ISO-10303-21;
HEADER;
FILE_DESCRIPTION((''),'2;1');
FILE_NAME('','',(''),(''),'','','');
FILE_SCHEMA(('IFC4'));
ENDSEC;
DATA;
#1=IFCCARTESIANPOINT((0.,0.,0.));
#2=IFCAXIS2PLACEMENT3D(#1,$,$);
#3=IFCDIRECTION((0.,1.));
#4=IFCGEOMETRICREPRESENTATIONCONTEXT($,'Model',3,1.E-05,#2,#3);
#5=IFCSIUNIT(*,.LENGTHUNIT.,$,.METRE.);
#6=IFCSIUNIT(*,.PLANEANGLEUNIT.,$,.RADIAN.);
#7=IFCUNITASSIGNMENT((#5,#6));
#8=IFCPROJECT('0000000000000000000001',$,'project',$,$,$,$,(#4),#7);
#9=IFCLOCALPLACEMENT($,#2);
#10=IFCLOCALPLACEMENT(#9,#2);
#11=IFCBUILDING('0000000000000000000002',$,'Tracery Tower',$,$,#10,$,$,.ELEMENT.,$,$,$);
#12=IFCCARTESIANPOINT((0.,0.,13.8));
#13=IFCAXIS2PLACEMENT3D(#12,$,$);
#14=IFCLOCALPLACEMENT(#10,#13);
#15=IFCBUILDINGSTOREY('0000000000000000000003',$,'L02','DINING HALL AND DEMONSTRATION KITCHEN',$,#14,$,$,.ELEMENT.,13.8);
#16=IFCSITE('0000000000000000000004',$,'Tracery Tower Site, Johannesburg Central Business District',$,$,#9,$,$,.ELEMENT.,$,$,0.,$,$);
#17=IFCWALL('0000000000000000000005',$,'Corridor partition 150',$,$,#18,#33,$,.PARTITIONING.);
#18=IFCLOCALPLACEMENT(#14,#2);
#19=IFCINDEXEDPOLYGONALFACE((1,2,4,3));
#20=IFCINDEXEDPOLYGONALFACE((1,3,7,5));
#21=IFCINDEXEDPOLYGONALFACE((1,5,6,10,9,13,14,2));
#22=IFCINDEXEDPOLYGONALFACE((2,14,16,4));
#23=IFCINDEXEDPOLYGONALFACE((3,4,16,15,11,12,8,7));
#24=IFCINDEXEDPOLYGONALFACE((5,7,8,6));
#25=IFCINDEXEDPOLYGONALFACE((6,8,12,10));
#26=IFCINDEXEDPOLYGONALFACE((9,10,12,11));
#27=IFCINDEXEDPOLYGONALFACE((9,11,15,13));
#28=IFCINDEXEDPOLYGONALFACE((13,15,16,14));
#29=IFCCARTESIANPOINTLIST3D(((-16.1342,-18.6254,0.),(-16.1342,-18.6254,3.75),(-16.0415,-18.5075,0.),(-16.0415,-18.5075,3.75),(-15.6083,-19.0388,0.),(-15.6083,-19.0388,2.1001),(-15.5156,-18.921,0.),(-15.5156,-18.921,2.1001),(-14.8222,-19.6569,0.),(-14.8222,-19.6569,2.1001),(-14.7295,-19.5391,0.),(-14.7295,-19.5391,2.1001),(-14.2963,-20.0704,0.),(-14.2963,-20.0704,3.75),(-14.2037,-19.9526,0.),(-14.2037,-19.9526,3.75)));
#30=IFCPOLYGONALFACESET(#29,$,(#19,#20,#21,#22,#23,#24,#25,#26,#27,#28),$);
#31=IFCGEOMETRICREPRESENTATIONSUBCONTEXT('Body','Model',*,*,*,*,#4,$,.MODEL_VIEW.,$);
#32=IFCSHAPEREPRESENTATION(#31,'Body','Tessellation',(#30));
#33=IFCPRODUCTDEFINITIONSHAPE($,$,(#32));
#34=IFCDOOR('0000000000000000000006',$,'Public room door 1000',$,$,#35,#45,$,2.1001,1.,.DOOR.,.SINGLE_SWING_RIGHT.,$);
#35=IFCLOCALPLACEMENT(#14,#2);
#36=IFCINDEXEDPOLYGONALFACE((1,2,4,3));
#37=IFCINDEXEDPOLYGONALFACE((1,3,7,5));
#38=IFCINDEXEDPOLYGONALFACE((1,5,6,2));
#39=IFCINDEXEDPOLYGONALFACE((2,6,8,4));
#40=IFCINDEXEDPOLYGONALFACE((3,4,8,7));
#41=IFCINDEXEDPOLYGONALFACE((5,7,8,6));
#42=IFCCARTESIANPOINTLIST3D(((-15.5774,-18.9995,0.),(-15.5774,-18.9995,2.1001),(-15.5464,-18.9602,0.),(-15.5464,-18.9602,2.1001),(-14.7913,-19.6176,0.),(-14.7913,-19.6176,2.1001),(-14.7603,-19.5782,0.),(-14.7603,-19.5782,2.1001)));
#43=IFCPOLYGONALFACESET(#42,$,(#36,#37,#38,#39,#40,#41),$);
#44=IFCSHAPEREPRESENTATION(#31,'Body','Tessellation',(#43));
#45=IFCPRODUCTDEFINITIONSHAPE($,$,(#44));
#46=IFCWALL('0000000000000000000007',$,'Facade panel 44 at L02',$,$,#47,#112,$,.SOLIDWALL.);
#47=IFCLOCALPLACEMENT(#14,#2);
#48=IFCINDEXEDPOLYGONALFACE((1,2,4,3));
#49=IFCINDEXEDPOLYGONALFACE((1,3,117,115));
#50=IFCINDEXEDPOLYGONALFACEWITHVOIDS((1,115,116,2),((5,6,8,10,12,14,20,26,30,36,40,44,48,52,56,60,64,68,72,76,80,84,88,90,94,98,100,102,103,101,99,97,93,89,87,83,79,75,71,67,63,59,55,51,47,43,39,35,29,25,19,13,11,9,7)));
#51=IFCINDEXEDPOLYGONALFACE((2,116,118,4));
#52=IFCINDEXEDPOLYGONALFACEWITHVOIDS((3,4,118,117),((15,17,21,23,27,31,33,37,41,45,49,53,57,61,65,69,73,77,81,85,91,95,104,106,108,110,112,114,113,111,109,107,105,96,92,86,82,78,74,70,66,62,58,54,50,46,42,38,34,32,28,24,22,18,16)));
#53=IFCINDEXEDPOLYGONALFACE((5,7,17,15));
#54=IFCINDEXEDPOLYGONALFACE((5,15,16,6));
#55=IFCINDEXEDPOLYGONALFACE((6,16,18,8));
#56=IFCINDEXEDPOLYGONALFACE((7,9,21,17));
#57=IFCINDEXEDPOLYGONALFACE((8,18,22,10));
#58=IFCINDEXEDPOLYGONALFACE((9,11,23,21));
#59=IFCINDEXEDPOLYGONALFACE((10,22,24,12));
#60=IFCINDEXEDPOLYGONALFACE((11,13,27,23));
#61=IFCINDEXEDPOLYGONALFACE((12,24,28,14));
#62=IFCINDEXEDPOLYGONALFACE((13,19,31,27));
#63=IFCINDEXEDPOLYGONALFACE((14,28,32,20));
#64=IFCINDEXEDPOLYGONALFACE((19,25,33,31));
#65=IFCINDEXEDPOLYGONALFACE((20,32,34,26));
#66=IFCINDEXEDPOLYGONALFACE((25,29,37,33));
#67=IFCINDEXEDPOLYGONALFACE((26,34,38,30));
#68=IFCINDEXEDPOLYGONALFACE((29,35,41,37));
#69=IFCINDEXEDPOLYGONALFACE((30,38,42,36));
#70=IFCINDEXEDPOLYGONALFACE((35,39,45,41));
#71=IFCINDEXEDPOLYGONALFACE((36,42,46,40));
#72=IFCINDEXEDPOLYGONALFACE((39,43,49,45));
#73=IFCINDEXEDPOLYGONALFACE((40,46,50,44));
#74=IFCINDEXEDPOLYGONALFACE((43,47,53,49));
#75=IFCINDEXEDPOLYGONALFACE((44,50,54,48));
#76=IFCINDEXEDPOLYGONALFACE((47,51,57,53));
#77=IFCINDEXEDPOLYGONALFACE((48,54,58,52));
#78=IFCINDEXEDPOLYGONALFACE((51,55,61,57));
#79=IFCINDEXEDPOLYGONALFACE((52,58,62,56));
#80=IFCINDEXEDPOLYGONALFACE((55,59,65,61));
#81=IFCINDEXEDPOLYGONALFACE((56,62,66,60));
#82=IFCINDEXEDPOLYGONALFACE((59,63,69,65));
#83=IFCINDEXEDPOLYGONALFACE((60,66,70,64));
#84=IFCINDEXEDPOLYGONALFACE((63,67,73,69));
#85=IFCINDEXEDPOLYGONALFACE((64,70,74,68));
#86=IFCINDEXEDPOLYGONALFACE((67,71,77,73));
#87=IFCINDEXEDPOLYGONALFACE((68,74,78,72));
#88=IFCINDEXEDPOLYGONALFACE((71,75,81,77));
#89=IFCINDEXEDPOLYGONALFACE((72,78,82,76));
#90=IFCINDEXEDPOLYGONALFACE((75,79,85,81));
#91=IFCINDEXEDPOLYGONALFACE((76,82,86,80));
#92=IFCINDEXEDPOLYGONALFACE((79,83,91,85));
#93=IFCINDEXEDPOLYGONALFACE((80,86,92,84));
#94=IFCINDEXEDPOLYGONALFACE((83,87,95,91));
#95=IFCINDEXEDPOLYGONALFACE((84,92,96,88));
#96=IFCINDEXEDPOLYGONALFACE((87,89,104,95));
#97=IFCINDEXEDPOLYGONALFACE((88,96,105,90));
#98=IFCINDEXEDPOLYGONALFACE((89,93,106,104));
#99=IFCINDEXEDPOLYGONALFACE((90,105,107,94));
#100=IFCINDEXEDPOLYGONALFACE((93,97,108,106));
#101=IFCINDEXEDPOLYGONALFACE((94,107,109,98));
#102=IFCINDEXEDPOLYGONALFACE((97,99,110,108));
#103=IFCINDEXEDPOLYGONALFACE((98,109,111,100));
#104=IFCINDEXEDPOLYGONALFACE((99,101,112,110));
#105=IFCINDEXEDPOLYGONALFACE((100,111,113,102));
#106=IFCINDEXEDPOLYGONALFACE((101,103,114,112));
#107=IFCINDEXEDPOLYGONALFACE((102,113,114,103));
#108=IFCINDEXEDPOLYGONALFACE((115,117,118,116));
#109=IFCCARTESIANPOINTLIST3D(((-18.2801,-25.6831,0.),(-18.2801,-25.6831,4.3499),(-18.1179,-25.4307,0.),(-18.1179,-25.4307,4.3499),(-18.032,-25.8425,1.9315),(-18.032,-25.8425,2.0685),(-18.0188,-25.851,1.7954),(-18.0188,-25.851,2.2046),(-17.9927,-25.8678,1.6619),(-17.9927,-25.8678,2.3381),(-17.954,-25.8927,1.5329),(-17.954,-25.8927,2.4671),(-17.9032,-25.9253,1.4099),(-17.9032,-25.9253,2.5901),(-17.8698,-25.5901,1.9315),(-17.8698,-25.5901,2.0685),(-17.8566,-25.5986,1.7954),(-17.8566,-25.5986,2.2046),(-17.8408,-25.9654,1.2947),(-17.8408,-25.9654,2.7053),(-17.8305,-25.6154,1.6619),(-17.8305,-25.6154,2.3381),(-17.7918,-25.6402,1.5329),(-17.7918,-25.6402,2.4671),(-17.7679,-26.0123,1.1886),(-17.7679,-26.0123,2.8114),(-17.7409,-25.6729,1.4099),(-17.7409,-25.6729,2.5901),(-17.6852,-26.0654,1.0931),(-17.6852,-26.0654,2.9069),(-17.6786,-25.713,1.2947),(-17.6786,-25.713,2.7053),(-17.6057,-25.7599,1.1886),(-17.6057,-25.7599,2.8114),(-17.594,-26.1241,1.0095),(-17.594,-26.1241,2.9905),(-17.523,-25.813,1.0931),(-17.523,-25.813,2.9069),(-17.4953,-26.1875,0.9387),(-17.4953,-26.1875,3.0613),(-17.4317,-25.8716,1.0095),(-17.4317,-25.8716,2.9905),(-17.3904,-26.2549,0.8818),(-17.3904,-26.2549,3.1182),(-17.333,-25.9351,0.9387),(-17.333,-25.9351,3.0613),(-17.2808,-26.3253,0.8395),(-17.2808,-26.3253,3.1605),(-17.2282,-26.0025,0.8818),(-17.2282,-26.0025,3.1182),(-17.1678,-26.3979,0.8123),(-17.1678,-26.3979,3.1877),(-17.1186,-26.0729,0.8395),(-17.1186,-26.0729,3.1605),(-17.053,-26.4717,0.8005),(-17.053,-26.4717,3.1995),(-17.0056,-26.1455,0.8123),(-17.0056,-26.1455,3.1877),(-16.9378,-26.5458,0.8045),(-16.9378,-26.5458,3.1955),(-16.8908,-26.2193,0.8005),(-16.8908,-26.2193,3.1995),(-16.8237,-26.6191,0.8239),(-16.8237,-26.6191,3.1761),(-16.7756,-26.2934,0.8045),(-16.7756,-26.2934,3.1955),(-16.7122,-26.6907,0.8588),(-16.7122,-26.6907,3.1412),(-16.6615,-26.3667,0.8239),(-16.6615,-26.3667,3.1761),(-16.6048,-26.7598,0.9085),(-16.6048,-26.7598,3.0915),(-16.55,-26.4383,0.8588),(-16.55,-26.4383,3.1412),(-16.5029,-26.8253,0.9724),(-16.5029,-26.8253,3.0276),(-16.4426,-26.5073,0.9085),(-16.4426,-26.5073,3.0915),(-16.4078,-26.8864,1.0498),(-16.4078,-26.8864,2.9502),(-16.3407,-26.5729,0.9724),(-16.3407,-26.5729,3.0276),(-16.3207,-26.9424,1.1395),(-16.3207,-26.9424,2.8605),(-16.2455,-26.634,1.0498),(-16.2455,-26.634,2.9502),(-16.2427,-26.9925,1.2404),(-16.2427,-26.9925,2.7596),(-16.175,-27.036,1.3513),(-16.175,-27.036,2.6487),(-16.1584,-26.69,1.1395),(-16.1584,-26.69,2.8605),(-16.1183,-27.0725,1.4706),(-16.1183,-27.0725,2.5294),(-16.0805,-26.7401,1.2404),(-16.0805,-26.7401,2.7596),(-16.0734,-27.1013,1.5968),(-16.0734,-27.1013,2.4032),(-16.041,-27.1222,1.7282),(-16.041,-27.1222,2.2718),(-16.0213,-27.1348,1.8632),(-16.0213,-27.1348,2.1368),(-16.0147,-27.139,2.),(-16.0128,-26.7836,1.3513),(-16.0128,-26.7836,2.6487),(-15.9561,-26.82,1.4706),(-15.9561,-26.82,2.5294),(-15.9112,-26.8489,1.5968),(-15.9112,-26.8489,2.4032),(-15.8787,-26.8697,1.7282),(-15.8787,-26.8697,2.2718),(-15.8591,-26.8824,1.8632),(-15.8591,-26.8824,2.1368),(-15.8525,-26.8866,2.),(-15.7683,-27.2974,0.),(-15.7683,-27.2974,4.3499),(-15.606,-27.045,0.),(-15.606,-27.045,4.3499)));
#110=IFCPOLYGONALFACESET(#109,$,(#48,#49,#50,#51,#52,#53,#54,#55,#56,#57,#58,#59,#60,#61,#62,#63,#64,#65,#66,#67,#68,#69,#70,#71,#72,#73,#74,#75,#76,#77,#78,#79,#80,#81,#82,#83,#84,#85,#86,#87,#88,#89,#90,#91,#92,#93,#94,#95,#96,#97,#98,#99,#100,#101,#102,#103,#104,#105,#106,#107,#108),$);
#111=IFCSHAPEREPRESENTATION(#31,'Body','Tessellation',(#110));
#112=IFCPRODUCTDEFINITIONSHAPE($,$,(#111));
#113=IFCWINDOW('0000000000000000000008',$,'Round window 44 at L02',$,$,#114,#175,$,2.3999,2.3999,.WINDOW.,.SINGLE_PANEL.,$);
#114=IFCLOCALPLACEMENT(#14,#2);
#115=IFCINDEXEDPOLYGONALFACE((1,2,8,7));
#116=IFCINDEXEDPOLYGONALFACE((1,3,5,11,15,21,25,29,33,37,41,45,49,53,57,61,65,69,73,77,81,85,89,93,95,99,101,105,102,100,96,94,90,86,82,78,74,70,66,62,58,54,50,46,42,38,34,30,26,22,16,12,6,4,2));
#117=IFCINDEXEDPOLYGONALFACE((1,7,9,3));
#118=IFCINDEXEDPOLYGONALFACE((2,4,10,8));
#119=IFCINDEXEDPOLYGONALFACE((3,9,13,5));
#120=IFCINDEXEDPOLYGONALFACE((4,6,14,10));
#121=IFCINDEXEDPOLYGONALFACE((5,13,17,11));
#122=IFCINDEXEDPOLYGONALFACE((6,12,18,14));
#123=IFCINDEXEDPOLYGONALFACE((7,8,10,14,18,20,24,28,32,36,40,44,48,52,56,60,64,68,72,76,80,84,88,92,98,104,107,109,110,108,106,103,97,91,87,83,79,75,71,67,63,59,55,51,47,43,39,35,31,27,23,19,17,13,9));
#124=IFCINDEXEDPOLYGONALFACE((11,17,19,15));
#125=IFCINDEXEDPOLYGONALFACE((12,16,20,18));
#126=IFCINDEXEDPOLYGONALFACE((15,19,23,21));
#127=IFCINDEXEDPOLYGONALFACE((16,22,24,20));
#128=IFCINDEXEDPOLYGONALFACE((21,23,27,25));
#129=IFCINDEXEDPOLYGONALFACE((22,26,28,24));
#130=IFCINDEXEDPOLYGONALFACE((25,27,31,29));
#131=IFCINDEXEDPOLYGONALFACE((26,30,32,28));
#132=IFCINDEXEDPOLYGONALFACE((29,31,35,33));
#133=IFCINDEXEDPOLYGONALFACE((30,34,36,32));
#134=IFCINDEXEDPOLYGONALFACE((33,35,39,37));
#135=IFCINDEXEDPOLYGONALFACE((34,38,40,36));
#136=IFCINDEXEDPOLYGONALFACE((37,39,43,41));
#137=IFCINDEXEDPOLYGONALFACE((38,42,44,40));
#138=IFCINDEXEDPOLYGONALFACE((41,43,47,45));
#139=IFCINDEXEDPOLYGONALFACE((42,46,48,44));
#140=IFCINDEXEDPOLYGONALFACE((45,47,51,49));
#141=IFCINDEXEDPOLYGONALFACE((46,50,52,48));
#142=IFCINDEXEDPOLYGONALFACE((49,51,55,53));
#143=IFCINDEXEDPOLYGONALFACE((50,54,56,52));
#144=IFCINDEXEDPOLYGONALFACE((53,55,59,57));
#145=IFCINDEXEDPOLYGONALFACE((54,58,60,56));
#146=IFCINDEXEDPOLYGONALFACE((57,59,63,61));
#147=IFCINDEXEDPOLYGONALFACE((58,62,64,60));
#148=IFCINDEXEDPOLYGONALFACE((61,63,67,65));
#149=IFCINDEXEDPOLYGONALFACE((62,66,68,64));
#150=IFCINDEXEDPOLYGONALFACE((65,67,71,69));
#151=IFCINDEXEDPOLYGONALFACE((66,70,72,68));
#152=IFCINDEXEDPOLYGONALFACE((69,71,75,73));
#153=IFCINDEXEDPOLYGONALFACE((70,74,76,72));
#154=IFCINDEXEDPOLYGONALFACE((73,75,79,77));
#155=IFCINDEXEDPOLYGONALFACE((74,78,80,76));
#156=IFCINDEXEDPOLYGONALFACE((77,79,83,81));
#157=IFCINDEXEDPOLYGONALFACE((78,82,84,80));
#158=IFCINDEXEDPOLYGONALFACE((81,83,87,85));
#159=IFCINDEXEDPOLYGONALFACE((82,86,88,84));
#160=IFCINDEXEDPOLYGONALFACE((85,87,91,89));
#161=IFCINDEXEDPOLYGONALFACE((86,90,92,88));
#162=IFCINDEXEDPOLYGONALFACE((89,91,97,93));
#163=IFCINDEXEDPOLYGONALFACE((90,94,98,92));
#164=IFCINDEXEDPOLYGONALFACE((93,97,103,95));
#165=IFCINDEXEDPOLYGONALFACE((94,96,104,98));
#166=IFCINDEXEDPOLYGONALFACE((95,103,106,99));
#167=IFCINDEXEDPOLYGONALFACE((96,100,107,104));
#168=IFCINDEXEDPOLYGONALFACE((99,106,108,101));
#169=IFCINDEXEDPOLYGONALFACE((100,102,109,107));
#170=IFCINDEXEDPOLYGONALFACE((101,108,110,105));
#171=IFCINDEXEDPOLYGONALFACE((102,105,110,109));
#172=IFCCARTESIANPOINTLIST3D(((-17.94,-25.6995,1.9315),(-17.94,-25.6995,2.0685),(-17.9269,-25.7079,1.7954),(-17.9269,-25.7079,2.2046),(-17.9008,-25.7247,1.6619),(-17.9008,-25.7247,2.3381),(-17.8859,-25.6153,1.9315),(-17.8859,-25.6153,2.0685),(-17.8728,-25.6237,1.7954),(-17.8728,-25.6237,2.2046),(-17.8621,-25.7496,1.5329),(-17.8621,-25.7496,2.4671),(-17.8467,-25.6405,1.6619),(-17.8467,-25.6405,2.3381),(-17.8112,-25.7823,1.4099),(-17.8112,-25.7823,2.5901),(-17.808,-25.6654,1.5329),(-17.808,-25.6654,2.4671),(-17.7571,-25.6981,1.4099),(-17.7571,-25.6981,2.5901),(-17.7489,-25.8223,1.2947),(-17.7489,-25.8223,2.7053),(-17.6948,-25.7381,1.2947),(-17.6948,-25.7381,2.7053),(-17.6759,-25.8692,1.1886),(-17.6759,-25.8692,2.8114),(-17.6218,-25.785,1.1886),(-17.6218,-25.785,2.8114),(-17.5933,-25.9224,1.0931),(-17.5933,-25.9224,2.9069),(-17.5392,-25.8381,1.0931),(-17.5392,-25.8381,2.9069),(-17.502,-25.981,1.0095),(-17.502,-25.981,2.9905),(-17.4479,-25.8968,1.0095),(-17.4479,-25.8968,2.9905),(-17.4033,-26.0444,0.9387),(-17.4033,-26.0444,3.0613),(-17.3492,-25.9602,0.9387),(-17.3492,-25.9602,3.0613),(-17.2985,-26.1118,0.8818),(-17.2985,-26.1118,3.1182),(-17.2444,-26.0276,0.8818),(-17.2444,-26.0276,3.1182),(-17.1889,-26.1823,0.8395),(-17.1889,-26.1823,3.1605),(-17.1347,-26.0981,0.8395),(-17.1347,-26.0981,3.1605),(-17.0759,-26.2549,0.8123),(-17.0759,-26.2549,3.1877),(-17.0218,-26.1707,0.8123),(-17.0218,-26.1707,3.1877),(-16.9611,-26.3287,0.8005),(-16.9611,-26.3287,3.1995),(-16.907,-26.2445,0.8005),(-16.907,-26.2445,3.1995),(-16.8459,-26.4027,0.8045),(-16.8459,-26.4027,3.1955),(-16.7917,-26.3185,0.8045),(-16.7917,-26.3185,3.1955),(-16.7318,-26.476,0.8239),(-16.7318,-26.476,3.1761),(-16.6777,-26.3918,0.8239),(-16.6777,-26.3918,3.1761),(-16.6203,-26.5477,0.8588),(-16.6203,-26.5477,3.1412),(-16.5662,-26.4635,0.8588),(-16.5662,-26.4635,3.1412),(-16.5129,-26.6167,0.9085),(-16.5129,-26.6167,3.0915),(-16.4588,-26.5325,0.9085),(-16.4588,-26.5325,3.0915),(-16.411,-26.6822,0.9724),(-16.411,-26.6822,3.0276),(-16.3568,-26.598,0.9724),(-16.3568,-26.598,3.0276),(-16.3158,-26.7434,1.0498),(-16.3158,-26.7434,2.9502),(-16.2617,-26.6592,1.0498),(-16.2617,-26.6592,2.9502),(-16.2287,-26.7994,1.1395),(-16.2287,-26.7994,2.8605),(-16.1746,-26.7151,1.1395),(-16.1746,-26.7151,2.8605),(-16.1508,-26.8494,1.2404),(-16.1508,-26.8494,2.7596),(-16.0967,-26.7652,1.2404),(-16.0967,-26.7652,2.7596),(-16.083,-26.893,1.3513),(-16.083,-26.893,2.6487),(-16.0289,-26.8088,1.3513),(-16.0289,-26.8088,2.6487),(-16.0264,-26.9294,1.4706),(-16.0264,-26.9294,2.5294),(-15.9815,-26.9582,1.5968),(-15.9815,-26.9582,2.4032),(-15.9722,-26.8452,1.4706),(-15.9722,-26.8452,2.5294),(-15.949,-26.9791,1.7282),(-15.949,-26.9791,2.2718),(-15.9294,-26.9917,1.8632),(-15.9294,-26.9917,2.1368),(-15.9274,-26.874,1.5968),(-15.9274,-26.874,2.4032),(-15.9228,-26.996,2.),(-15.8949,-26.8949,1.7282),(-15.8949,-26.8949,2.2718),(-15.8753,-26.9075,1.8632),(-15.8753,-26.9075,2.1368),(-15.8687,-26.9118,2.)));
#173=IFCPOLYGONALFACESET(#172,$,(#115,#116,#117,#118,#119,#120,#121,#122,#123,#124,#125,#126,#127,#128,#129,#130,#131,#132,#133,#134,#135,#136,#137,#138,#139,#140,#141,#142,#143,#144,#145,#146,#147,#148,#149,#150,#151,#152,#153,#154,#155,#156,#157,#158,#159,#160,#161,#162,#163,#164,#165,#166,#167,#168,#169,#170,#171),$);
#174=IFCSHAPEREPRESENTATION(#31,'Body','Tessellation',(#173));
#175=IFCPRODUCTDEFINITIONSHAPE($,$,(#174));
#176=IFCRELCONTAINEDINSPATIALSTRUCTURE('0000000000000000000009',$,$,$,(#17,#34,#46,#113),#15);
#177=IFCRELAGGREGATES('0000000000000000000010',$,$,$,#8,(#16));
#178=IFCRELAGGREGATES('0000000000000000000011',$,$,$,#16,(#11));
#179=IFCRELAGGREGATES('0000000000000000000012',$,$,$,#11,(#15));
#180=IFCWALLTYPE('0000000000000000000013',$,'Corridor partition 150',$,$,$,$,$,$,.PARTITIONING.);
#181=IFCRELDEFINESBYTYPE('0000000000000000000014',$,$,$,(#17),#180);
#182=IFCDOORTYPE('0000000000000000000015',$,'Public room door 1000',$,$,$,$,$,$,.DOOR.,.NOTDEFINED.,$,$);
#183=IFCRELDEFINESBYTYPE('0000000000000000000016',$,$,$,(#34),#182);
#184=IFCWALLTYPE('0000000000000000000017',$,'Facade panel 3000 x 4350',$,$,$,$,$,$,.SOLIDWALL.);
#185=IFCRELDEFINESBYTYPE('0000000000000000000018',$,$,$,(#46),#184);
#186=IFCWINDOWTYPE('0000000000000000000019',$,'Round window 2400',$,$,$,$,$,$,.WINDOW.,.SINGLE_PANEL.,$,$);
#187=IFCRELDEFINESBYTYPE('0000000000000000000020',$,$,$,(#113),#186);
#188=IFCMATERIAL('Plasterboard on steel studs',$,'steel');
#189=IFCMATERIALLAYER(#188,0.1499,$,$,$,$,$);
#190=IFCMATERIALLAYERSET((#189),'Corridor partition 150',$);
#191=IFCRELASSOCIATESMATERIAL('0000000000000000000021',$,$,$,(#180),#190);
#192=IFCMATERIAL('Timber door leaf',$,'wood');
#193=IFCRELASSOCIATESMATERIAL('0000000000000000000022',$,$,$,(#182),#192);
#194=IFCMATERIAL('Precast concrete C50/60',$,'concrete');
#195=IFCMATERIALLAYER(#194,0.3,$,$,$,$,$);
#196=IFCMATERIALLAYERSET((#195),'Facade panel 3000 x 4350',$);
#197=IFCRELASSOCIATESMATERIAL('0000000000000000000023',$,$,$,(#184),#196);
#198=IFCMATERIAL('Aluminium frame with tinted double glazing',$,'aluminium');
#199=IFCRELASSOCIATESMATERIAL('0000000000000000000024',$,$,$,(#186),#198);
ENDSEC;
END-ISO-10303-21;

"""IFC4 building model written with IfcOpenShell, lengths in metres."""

from ifc_helpers import new_model, si_unit, direction, frame, frame_2d, origin, origin_2d, place, context, subcontext, project, spatial, rectangle, circle, extrude, material, layer, layer_set, type_object, element, fill, save


model = new_model("IFC4")

# Units and contexts
model_context = context("Model", 3, precision=1e-05, world=origin(), true_north=direction((0.0, 1.0)))
body_context = subcontext(model_context, "Body", "Model", "MODEL_VIEW")
ifc_project = project(units=[si_unit("LENGTHUNIT", "METRE"), si_unit("PLANEANGLEUNIT", "RADIAN")], contexts=[model_context])

# Site, building, storey
site_placement = place(None, origin())
site = spatial("IfcSite", under=ifc_project, at=site_placement, Name="Tracery Tower Site, Johannesburg Central Business District", CompositionType="ELEMENT", RefElevation=0.0)
building_placement = place(site_placement, origin())
building = spatial("IfcBuilding", under=site, at=building_placement, Name="Tracery Tower", CompositionType="ELEMENT")
storey_placement = place(building_placement, frame((0.0, 0.0, 13.8)))
storey = spatial("IfcBuildingStorey", under=building, at=storey_placement, Name="L02", Description="DINING HALL AND DEMONSTRATION KITCHEN", CompositionType="ELEMENT", Elevation=13.8)

# Shared definitions
ifc_material_1 = material(Name="Plasterboard on steel studs", Category="steel")
ifc_layer_1 = layer(ifc_material_1, 0.1499)
ifc_layer_set_1 = layer_set([ifc_layer_1], Name="Corridor partition 150")
wall_type_1 = type_object("IfcWallType", Name="Corridor partition 150", PredefinedType="PARTITIONING", material=ifc_layer_set_1)

# Wall, opening, door
wall_1_placement = place(storey_placement, frame((-14.25, -20.0115, 0.0), z_axis=(0.0, 0.0, 1.0), x_axis=(-0.786108, 0.618089, 0.0)))
wall_1 = element("IfcWall", 1, at=wall_1_placement, inside=storey, type_object=wall_type_1, Name="Corridor partition 150", PredefinedType="PARTITIONING", context=body_context, shape_type="SweptSolid", body=[
    extrude(rectangle(XDim=2.3379, YDim=0.1499, at=frame_2d((1.1689, 0.0))), origin(), (0.0, 0.0, 1.0), 3.75),
])
opening_1_placement = place(wall_1_placement, frame((0.6689, 0.0, 0.0)))
opening_1 = element("IfcOpeningElement", 2, at=opening_1_placement, cuts=wall_1, PredefinedType="OPENING", context=body_context, shape_type="SweptSolid", body=[
    extrude(rectangle(XDim=1.0, YDim=2.1001, at=frame_2d((0.5, 1.05))), frame((0.0, 0.075, 0.0), z_axis=(0.0, -1.0, 0.0), x_axis=(1.0, 0.0, 0.0)), (0.0, 0.0, 1.0), 0.1499),
])
ifc_material_2 = material(Name="Timber door leaf", Category="wood")
door_type = type_object("IfcDoorType", Name="Public room door 1000", OperationType="NOTDEFINED", PredefinedType="DOOR", material=ifc_material_2)
door_placement = place(opening_1_placement, origin())
door = element("IfcDoor", 3, at=door_placement, inside=storey, type_object=door_type, Name="Public room door 1000", OperationType="SINGLE_SWING_RIGHT", OverallHeight=2.1001, OverallWidth=1.0, PredefinedType="DOOR", context=body_context, shape_type="SweptSolid", body=[
    extrude(rectangle(XDim=1.0, YDim=2.1001, at=frame_2d((0.5, 1.05))), frame((0.0, 0.0249, 0.0), z_axis=(0.0, -1.0, 0.0), x_axis=(1.0, 0.0, 0.0)), (0.0, 0.0, 1.0), 0.05),
])
fill(opening_1, door)

# Wall, opening, window
ifc_material_3 = material(Name="Precast concrete C50/60", Category="concrete")
ifc_layer_2 = layer(ifc_material_3, 0.3)
ifc_layer_set_2 = layer_set([ifc_layer_2], Name="Facade panel 3000 x 4350")
wall_type_2 = type_object("IfcWallType", Name="Facade panel 3000 x 4350", PredefinedType="SOLIDWALL", material=ifc_layer_set_2)
wall_2_placement = place(storey_placement, frame((-18.199, -25.5569, 0.0), z_axis=(0.0, 0.0, 1.0), x_axis=(0.841242, -0.540658, 0.0)))
wall_2 = element("IfcWall", 4, at=wall_2_placement, inside=storey, type_object=wall_type_2, Name="Facade panel 44 at L02", PredefinedType="SOLIDWALL", context=body_context, shape_type="SweptSolid", body=[
    extrude(rectangle(XDim=2.9858, YDim=0.3, at=frame_2d((1.4929, 0.0))), origin(), (0.0, 0.0, 1.0), 4.3499),
])
opening_2_placement = place(wall_2_placement, frame((1.4929, 0.0, 2.0)))
opening_2 = element("IfcOpeningElement", 5, at=opening_2_placement, cuts=wall_2, PredefinedType="OPENING", context=body_context, shape_type="SweptSolid", body=[
    extrude(circle(Radius=1.2, at=origin_2d()), frame((0.0, 0.1599, 0.0), z_axis=(0.0, -1.0, 0.0), x_axis=(1.0, 0.0, 0.0)), (0.0, 0.0, 1.0), 0.3201),
])
ifc_material_4 = material(Name="Aluminium frame with tinted double glazing", Category="aluminium")
window_type = type_object("IfcWindowType", Name="Round window 2400", PartitioningType="SINGLE_PANEL", PredefinedType="WINDOW", material=ifc_material_4)
window_1_placement = place(opening_2_placement, origin())
window_1 = element("IfcWindow", 6, at=window_1_placement, inside=storey, type_object=window_type, Name="Round window 44 at L02", OverallHeight=2.3999, OverallWidth=2.3999, PartitioningType="SINGLE_PANEL", PredefinedType="WINDOW", context=body_context, shape_type="SweptSolid", body=[
    extrude(circle(Radius=1.2, at=origin_2d()), frame((0.0, 0.1201, 0.0), z_axis=(0.0, -1.0, 0.0), x_axis=(1.0, 0.0, 0.0)), (0.0, 0.0, 1.0), 0.1001),
])
fill(opening_2, window_1)

save(model, "model.ifc")
